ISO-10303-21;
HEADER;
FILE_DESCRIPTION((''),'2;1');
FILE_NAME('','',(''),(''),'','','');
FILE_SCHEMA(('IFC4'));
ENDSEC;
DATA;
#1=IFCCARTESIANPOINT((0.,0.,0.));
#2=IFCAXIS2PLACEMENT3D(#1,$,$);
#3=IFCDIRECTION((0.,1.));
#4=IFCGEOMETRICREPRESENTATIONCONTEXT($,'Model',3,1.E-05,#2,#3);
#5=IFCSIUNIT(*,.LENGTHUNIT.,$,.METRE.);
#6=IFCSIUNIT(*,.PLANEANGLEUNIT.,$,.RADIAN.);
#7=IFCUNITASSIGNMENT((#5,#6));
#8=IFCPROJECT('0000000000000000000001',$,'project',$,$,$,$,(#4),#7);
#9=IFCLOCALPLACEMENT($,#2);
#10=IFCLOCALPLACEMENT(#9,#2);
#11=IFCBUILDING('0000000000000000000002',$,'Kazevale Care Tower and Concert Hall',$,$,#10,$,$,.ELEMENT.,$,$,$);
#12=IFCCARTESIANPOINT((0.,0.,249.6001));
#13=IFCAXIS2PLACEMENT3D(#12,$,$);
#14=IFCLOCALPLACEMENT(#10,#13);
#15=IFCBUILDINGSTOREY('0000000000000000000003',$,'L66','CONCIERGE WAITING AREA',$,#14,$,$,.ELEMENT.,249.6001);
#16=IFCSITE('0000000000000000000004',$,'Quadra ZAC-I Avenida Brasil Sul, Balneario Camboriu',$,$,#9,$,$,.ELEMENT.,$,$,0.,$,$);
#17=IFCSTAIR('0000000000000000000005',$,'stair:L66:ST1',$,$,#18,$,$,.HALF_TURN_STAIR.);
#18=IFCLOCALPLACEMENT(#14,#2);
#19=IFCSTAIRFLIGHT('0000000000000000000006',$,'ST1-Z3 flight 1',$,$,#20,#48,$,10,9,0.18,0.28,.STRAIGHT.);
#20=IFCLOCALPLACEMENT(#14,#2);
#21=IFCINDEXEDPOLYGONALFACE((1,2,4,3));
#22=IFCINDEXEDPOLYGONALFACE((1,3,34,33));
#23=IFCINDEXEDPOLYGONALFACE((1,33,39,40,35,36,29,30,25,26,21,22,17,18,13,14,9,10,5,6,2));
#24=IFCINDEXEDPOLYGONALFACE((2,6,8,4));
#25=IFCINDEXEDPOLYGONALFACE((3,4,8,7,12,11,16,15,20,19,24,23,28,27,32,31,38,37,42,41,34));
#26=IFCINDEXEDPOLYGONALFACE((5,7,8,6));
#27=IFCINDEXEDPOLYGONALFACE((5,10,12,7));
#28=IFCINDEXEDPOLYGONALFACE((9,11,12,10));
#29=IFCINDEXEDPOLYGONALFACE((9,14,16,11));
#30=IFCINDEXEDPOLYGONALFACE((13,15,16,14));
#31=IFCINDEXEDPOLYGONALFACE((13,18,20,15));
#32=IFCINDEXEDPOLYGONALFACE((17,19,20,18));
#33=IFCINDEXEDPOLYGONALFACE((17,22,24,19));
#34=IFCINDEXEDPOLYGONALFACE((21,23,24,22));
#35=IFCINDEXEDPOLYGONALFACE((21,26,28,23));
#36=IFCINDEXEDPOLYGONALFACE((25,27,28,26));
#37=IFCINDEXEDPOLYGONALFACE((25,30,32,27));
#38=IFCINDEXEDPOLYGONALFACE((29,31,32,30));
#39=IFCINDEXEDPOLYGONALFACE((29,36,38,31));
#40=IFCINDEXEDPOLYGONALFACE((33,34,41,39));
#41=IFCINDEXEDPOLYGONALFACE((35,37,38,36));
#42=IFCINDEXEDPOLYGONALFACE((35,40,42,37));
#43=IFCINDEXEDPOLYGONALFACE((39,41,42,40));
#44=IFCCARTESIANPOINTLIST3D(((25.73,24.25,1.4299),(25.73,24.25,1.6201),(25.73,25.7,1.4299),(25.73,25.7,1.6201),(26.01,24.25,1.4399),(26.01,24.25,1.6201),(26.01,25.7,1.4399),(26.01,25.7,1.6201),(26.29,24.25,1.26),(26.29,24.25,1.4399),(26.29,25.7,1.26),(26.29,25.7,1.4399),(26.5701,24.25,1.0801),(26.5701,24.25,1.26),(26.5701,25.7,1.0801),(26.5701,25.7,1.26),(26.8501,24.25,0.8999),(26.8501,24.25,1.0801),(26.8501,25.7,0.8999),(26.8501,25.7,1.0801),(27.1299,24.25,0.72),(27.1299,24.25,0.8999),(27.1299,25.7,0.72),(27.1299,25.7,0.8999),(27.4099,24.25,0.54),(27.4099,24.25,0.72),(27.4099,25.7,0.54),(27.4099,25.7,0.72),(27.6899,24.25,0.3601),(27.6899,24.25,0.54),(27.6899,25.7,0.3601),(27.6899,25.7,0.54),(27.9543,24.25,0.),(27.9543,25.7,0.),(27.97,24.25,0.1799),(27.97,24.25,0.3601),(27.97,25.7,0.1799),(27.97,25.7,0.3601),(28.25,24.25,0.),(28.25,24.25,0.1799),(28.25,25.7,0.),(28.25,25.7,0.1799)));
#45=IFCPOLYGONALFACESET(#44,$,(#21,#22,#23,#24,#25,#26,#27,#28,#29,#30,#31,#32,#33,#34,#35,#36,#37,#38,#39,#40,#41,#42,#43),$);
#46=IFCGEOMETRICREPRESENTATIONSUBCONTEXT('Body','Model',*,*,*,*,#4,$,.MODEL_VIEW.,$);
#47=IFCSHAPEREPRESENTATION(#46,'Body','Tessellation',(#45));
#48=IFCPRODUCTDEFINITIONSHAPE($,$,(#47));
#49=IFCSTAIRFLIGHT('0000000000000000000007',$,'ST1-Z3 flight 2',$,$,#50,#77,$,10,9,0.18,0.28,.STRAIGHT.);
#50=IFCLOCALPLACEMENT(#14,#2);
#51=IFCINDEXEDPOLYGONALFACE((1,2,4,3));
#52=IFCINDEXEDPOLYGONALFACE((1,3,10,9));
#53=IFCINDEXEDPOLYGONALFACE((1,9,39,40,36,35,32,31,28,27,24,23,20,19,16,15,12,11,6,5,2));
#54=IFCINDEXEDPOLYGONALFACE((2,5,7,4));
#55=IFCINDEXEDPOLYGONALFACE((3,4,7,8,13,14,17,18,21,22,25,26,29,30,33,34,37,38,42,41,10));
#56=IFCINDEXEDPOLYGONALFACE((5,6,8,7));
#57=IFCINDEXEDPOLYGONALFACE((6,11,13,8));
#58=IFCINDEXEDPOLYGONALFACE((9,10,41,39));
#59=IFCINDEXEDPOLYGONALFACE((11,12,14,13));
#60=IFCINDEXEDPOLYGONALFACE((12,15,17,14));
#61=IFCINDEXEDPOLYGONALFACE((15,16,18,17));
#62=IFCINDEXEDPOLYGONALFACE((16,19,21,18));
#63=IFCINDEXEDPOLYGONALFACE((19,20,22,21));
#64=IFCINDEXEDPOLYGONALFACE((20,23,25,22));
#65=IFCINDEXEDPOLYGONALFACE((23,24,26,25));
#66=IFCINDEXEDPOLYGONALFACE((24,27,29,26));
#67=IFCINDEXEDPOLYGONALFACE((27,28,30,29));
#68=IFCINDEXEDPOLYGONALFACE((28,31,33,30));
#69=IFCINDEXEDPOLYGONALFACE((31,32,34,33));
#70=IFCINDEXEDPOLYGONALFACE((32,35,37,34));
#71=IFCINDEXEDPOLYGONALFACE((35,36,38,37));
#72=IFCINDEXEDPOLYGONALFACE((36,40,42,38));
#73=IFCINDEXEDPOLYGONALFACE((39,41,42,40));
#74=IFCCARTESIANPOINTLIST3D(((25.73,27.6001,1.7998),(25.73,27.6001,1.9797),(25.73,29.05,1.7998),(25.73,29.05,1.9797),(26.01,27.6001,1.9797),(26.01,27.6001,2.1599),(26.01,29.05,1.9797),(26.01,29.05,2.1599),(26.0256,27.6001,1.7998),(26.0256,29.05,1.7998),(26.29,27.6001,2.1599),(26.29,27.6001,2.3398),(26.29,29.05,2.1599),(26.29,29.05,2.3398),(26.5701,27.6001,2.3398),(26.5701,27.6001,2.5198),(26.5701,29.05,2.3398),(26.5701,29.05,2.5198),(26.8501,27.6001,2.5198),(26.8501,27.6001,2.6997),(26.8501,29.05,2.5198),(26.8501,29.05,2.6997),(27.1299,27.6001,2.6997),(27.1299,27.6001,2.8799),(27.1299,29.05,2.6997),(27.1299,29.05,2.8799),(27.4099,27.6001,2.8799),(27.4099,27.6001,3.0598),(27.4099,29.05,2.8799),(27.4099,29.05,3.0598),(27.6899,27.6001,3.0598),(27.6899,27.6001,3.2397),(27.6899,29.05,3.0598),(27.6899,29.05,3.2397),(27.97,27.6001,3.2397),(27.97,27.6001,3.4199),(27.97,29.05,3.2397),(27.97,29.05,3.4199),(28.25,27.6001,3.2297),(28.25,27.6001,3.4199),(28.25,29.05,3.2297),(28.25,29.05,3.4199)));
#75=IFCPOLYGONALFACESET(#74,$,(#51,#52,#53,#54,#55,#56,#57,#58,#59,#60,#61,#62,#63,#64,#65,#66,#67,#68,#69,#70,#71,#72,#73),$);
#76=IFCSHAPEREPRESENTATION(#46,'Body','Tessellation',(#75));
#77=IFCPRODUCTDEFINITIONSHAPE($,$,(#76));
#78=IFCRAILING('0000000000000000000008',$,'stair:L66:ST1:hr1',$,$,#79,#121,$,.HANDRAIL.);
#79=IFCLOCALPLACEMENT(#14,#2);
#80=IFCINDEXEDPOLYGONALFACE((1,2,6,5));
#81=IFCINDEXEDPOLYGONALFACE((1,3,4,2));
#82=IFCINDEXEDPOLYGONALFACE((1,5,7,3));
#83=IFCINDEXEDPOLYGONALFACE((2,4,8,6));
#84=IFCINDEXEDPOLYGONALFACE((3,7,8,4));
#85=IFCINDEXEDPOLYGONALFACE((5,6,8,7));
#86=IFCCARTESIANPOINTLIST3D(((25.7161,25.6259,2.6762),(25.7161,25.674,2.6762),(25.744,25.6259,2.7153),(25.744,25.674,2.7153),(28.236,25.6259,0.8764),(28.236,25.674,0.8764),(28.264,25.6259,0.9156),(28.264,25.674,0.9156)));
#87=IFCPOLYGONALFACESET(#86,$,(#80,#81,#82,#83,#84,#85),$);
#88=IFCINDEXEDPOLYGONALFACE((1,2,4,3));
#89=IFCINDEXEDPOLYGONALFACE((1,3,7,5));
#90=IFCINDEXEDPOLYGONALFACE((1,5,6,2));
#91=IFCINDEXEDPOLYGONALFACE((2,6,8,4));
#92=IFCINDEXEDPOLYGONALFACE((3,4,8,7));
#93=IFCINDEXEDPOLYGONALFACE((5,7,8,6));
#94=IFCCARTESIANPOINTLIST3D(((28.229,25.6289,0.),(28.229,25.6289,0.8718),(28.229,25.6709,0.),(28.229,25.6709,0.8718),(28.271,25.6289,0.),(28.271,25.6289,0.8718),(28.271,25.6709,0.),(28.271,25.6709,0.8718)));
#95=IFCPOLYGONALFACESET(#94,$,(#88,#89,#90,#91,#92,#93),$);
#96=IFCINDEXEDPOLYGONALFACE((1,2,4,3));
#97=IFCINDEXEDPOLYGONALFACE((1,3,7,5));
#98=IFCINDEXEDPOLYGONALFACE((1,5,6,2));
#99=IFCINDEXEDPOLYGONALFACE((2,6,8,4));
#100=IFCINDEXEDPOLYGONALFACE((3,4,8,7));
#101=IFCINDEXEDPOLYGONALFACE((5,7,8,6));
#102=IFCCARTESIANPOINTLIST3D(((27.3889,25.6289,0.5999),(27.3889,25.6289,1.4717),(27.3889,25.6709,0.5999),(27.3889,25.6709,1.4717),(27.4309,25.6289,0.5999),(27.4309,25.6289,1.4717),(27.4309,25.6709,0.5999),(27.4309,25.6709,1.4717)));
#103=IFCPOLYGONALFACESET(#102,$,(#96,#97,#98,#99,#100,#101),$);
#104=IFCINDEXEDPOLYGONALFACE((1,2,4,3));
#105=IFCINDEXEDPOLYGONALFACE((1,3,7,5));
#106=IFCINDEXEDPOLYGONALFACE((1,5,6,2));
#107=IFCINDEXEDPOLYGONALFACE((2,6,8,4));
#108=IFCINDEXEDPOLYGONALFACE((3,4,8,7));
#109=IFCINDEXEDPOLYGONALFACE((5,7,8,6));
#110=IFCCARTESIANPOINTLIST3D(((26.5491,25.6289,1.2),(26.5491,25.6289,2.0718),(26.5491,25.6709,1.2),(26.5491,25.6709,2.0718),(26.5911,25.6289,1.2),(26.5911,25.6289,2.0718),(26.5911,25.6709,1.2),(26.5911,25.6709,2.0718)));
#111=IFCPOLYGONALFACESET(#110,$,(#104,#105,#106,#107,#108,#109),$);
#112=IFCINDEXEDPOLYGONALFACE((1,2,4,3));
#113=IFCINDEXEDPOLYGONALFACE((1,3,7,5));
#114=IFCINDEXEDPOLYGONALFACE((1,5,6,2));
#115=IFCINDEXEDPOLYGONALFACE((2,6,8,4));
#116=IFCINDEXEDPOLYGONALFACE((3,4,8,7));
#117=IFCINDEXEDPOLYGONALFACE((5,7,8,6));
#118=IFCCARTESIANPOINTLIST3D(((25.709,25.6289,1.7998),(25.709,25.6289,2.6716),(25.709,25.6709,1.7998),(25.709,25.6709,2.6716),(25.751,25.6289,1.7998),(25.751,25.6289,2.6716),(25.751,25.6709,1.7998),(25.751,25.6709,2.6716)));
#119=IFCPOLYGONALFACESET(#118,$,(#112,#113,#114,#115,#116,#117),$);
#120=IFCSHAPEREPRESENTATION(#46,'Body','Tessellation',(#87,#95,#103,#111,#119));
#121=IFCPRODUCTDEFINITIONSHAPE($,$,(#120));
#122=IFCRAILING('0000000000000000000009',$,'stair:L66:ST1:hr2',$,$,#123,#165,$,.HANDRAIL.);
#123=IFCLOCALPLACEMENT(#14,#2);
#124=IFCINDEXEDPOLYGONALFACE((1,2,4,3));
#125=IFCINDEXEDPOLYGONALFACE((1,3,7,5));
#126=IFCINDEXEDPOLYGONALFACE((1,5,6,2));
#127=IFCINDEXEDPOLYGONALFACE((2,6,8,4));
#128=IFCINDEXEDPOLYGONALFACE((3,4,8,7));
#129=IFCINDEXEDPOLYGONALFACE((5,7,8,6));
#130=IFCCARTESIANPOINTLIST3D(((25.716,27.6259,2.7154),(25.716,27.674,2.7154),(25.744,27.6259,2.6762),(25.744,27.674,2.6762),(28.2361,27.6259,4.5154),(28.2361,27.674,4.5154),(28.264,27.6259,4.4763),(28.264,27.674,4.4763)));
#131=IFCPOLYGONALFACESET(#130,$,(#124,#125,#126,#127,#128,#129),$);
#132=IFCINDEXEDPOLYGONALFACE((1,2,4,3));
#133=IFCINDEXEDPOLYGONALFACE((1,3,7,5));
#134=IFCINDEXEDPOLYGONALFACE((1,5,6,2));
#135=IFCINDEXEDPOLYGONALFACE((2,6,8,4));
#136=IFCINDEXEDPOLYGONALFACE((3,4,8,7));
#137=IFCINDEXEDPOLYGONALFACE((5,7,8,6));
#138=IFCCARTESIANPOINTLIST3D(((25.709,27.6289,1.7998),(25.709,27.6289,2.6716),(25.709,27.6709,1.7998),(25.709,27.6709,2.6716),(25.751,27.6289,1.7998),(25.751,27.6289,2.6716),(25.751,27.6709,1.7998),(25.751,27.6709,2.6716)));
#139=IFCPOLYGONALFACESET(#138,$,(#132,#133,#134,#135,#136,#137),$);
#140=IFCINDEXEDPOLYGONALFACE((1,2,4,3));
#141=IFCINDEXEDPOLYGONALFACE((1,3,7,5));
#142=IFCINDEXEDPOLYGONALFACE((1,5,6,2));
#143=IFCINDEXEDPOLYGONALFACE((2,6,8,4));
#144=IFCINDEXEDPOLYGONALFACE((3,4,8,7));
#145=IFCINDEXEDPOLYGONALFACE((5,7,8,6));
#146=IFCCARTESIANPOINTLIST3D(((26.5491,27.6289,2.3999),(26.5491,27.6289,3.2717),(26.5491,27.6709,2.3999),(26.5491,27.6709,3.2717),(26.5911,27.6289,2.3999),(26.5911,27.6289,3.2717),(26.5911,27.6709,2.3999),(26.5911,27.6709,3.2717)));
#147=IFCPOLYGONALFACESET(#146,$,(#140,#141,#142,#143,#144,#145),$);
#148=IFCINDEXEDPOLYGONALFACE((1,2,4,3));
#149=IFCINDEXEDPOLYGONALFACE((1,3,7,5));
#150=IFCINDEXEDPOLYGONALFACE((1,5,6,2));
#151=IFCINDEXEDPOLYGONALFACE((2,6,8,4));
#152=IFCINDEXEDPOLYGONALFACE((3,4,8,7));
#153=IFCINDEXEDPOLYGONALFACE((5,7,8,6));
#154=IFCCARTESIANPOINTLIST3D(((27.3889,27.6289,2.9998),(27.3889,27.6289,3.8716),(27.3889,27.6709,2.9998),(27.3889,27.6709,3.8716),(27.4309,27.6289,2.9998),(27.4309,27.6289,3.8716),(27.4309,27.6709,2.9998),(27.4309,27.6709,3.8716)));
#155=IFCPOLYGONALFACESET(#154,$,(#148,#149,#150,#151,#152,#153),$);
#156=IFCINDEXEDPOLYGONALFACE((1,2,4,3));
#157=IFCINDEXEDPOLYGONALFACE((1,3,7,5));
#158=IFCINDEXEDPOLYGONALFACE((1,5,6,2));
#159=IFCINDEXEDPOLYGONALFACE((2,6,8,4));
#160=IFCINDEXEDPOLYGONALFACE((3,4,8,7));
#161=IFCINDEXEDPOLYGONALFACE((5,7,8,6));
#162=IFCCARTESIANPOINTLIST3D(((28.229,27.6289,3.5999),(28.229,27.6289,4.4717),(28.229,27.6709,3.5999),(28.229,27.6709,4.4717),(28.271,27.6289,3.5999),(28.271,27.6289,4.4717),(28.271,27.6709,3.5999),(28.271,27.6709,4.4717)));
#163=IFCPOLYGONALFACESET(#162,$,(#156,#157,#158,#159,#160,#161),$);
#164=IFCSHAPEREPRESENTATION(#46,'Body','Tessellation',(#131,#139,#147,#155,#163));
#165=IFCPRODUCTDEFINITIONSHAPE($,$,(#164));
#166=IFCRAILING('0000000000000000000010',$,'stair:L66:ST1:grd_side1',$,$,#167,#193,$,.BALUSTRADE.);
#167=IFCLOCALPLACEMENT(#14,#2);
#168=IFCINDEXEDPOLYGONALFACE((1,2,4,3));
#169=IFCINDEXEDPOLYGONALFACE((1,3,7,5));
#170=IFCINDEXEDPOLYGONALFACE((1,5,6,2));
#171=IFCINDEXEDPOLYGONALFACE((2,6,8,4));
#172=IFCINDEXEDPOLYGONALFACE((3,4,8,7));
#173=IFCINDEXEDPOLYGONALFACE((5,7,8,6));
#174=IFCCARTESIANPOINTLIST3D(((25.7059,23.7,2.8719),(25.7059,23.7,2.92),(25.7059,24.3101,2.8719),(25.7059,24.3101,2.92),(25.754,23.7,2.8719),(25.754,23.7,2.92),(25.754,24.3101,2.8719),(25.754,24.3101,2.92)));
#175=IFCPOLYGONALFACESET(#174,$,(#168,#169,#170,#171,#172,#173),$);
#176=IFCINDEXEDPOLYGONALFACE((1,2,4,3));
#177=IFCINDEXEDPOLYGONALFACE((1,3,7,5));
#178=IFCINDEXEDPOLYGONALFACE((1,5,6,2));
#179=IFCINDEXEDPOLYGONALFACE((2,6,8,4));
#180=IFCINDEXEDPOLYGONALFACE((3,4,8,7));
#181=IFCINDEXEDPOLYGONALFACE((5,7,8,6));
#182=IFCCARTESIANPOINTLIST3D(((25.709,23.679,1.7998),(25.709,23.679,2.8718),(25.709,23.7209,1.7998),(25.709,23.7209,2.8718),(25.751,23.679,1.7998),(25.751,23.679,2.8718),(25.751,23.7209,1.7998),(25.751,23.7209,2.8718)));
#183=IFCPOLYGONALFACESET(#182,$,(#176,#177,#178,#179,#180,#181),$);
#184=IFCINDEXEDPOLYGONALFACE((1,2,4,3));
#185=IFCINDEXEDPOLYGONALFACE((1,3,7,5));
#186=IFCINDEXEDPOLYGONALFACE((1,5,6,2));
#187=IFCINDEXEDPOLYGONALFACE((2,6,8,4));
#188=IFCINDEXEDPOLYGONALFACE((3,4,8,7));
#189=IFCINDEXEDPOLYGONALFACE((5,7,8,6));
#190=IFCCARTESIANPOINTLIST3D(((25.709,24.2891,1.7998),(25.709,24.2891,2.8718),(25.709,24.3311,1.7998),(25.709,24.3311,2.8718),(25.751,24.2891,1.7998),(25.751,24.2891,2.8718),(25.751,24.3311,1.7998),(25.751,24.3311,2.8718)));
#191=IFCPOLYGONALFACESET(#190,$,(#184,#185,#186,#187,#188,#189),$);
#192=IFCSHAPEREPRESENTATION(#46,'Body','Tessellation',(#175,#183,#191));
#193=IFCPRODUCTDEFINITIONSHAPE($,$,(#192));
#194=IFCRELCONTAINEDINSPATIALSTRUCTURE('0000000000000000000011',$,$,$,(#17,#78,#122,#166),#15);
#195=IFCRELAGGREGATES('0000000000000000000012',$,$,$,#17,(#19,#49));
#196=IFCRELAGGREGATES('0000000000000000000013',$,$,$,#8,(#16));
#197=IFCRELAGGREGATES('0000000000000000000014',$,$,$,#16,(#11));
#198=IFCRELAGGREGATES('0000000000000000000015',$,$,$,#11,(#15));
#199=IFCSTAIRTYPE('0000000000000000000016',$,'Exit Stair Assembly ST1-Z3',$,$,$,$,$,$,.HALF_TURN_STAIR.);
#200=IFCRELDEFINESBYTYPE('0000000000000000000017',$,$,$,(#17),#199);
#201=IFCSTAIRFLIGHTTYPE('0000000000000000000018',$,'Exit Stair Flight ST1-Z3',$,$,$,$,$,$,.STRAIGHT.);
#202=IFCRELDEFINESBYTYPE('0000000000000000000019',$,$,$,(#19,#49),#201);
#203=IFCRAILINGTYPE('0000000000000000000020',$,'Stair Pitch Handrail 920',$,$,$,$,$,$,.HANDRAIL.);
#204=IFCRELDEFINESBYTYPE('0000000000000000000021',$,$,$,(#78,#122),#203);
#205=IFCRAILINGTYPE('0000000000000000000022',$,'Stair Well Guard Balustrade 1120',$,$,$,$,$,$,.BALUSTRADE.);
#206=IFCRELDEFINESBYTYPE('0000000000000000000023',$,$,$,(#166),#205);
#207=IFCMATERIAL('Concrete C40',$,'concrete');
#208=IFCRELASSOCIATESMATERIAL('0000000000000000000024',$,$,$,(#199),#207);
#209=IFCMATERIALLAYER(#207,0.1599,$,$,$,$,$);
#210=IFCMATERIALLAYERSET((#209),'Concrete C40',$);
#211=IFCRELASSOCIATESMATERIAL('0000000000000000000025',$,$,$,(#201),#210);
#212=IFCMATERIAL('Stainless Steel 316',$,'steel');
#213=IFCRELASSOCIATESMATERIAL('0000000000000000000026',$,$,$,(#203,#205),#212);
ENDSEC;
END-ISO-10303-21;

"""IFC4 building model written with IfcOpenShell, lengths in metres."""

from ifc_helpers import new_model, si_unit, direction, frame, origin, origin_2d, place, context, subcontext, project, spatial, polyline, rectangle, outline, extrude, material, layer, layer_set, type_object, element, aggregate, save


model = new_model("IFC4")

# Units and contexts
model_context = context("Model", 3, precision=1e-05, world=origin(), true_north=direction((0.0, 1.0)))
body_context = subcontext(model_context, "Body", "Model", "MODEL_VIEW")
ifc_project = project(units=[si_unit("LENGTHUNIT", "METRE"), si_unit("PLANEANGLEUNIT", "RADIAN")], contexts=[model_context])

# Site, building, storey
site_placement = place(None, origin())
site = spatial("IfcSite", under=ifc_project, at=site_placement, Name="Quadra ZAC-I Avenida Brasil Sul, Balneario Camboriu", CompositionType="ELEMENT", RefElevation=0.0)
building_placement = place(site_placement, origin())
building = spatial("IfcBuilding", under=site, at=building_placement, Name="Kazevale Care Tower and Concert Hall", CompositionType="ELEMENT")
storey_placement = place(building_placement, frame((0.0, 0.0, 249.6001)))
storey = spatial("IfcBuildingStorey", under=building, at=storey_placement, Name="L66", Description="CONCIERGE WAITING AREA", CompositionType="ELEMENT", Elevation=249.6001)

# Shared definitions
ifc_material_1 = material(Name="Concrete C40", Category="concrete")
ifc_material_2 = material(Name="Stainless Steel 316", Category="steel")

# Stair, stair flights
stair_type = type_object("IfcStairType", Name="Exit Stair Assembly ST1-Z3", PredefinedType="HALF_TURN_STAIR", material=ifc_material_1)
stair_placement = place(storey_placement, origin())
stair = element("IfcStair", 1, at=stair_placement, inside=storey, type_object=stair_type, Name="stair:L66:ST1", PredefinedType="HALF_TURN_STAIR")
ifc_layer_1 = layer(ifc_material_1, 0.1599)
ifc_layer_set_1 = layer_set([ifc_layer_1], Name="Concrete C40")
stair_flight_type = type_object("IfcStairFlightType", Name="Exit Stair Flight ST1-Z3", PredefinedType="STRAIGHT", material=ifc_layer_set_1)
stair_flight_1_placement = place(storey_placement, frame((28.25, 24.9751, 0.0), z_axis=(0.0, 0.0, 1.0), x_axis=(-1.0, 0.0, 0.0)))
stair_flight_1 = element("IfcStairFlight", 2, at=stair_flight_1_placement, type_object=stair_flight_type, Name="ST1-Z3 flight 1", NumberOfRisers=10, NumberOfTreads=9, PredefinedType="STRAIGHT", RiserHeight=0.18, TreadLength=0.28, context=body_context, shape_type="SweptSolid", body=[
    extrude(outline(polyline([(0.0, 0.0), (0.0, 0.1799), (0.28, 0.1799), (0.28, 0.3601), (0.5601, 0.3601), (0.5601, 0.54), (0.8401, 0.54), (0.8401, 0.72), (1.1201, 0.72), (1.1201, 0.8999), (1.3999, 0.8999), (1.3999, 1.0801), (1.6799, 1.0801), (1.6799, 1.26), (1.96, 1.26), (1.96, 1.4399), (2.24, 1.4399), (2.24, 1.6201), (2.52, 1.6201), (2.52, 1.8), (2.52, 1.4299), (0.2957, 0.0), (0.0, 0.0)])), frame((0.0, 0.7251, 0.0), z_axis=(0.0, -1.0, 0.0), x_axis=(1.0, 0.0, 0.0)), (0.0, 0.0, 1.0), 1.45),
])
stair_flight_2_placement = place(storey_placement, frame((25.73, 28.325, 1.7998), z_axis=(0.0, 0.0, 1.0), x_axis=(1.0, 0.0, 0.0)))
stair_flight_2 = element("IfcStairFlight", 3, at=stair_flight_2_placement, type_object=stair_flight_type, Name="ST1-Z3 flight 2", NumberOfRisers=10, NumberOfTreads=9, PredefinedType="STRAIGHT", RiserHeight=0.18, TreadLength=0.28, context=body_context, shape_type="SweptSolid", body=[
    extrude(outline(polyline([(0.0, 0.0), (0.0, 0.1799), (0.28, 0.1799), (0.28, 0.3601), (0.5601, 0.3601), (0.5601, 0.54), (0.8401, 0.54), (0.8401, 0.72), (1.1201, 0.72), (1.1201, 0.8999), (1.3999, 0.8999), (1.3999, 1.0801), (1.6799, 1.0801), (1.6799, 1.26), (1.96, 1.26), (1.96, 1.4399), (2.24, 1.4399), (2.24, 1.6201), (2.52, 1.6201), (2.52, 1.8), (2.52, 1.4299), (0.2957, 0.0), (0.0, 0.0)])), frame((0.0, 0.7251, 0.0), z_axis=(0.0, -1.0, 0.0), x_axis=(1.0, 0.0, 0.0)), (0.0, 0.0, 1.0), 1.45),
])
aggregate(stair, [stair_flight_1, stair_flight_2])

# Railings
railing_type_1 = type_object("IfcRailingType", Name="Stair Pitch Handrail 920", PredefinedType="HANDRAIL", material=ifc_material_2)
railing_1_placement = place(storey_placement, frame((28.25, 25.6499, 0.0)))
element("IfcRailing", 4, at=railing_1_placement, inside=storey, type_object=railing_type_1, Name="stair:L66:ST1:hr1", PredefinedType="HANDRAIL", context=body_context, shape_type="SweptSolid", body=[
    extrude(rectangle(XDim=0.0481, YDim=0.0481, at=origin_2d()), frame((0.0, 0.0, 0.896), z_axis=(-0.813765, 0.0, 0.581193), x_axis=(0.0, -1.0, 0.0)), (0.0, 0.0, 1.0), 3.0967),
    extrude(rectangle(XDim=0.042, YDim=0.042, at=origin_2d()), origin(), (0.0, 0.0, 1.0), 0.8718),
    extrude(rectangle(XDim=0.042, YDim=0.042, at=origin_2d()), frame((-0.8401, 0.0, 0.5999)), (0.0, 0.0, 1.0), 0.8718),
    extrude(rectangle(XDim=0.042, YDim=0.042, at=origin_2d()), frame((-1.6799, 0.0, 1.2)), (0.0, 0.0, 1.0), 0.8718),
    extrude(rectangle(XDim=0.042, YDim=0.042, at=origin_2d()), frame((-2.52, 0.0, 1.7998)), (0.0, 0.0, 1.0), 0.8718),
])
railing_2_placement = place(storey_placement, frame((25.73, 27.6499, 1.7998)))
element("IfcRailing", 5, at=railing_2_placement, inside=storey, type_object=railing_type_1, Name="stair:L66:ST1:hr2", PredefinedType="HANDRAIL", context=body_context, shape_type="SweptSolid", body=[
    extrude(rectangle(XDim=0.0481, YDim=0.0481, at=origin_2d()), frame((0.0, 0.0, 0.896), z_axis=(0.813728, 0.0, 0.581246), x_axis=(0.0, 1.0, 0.0)), (0.0, 0.0, 1.0), 3.0969),
    extrude(rectangle(XDim=0.042, YDim=0.042, at=origin_2d()), origin(), (0.0, 0.0, 1.0), 0.8718),
    extrude(rectangle(XDim=0.042, YDim=0.042, at=origin_2d()), frame((0.8401, 0.0, 0.6001)), (0.0, 0.0, 1.0), 0.8718),
    extrude(rectangle(XDim=0.042, YDim=0.042, at=origin_2d()), frame((1.6799, 0.0, 1.2)), (0.0, 0.0, 1.0), 0.8718),
    extrude(rectangle(XDim=0.042, YDim=0.042, at=origin_2d()), frame((2.52, 0.0, 1.8)), (0.0, 0.0, 1.0), 0.8718),
])
railing_type_2 = type_object("IfcRailingType", Name="Stair Well Guard Balustrade 1120", PredefinedType="BALUSTRADE", material=ifc_material_2)
railing_3_placement = place(storey_placement, frame((25.73, 23.7, 1.7998)))
element("IfcRailing", 6, at=railing_3_placement, inside=storey, type_object=railing_type_2, Name="stair:L66:ST1:grd_side1", PredefinedType="BALUSTRADE", context=body_context, shape_type="SweptSolid", body=[
    extrude(rectangle(XDim=0.0481, YDim=0.0481, at=origin_2d()), frame((0.0, 0.0, 1.0962), z_axis=(0.0, 1.0, 0.0), x_axis=(-1.0, 0.0, 0.0)), (0.0, 0.0, 1.0), 0.6101),
    extrude(rectangle(XDim=0.042, YDim=0.042, at=origin_2d()), origin(), (0.0, 0.0, 1.0), 1.072),
    extrude(rectangle(XDim=0.042, YDim=0.042, at=origin_2d()), frame((0.0, 0.6101, 0.0)), (0.0, 0.0, 1.0), 1.072),
])

save(model, "model.ifc")
